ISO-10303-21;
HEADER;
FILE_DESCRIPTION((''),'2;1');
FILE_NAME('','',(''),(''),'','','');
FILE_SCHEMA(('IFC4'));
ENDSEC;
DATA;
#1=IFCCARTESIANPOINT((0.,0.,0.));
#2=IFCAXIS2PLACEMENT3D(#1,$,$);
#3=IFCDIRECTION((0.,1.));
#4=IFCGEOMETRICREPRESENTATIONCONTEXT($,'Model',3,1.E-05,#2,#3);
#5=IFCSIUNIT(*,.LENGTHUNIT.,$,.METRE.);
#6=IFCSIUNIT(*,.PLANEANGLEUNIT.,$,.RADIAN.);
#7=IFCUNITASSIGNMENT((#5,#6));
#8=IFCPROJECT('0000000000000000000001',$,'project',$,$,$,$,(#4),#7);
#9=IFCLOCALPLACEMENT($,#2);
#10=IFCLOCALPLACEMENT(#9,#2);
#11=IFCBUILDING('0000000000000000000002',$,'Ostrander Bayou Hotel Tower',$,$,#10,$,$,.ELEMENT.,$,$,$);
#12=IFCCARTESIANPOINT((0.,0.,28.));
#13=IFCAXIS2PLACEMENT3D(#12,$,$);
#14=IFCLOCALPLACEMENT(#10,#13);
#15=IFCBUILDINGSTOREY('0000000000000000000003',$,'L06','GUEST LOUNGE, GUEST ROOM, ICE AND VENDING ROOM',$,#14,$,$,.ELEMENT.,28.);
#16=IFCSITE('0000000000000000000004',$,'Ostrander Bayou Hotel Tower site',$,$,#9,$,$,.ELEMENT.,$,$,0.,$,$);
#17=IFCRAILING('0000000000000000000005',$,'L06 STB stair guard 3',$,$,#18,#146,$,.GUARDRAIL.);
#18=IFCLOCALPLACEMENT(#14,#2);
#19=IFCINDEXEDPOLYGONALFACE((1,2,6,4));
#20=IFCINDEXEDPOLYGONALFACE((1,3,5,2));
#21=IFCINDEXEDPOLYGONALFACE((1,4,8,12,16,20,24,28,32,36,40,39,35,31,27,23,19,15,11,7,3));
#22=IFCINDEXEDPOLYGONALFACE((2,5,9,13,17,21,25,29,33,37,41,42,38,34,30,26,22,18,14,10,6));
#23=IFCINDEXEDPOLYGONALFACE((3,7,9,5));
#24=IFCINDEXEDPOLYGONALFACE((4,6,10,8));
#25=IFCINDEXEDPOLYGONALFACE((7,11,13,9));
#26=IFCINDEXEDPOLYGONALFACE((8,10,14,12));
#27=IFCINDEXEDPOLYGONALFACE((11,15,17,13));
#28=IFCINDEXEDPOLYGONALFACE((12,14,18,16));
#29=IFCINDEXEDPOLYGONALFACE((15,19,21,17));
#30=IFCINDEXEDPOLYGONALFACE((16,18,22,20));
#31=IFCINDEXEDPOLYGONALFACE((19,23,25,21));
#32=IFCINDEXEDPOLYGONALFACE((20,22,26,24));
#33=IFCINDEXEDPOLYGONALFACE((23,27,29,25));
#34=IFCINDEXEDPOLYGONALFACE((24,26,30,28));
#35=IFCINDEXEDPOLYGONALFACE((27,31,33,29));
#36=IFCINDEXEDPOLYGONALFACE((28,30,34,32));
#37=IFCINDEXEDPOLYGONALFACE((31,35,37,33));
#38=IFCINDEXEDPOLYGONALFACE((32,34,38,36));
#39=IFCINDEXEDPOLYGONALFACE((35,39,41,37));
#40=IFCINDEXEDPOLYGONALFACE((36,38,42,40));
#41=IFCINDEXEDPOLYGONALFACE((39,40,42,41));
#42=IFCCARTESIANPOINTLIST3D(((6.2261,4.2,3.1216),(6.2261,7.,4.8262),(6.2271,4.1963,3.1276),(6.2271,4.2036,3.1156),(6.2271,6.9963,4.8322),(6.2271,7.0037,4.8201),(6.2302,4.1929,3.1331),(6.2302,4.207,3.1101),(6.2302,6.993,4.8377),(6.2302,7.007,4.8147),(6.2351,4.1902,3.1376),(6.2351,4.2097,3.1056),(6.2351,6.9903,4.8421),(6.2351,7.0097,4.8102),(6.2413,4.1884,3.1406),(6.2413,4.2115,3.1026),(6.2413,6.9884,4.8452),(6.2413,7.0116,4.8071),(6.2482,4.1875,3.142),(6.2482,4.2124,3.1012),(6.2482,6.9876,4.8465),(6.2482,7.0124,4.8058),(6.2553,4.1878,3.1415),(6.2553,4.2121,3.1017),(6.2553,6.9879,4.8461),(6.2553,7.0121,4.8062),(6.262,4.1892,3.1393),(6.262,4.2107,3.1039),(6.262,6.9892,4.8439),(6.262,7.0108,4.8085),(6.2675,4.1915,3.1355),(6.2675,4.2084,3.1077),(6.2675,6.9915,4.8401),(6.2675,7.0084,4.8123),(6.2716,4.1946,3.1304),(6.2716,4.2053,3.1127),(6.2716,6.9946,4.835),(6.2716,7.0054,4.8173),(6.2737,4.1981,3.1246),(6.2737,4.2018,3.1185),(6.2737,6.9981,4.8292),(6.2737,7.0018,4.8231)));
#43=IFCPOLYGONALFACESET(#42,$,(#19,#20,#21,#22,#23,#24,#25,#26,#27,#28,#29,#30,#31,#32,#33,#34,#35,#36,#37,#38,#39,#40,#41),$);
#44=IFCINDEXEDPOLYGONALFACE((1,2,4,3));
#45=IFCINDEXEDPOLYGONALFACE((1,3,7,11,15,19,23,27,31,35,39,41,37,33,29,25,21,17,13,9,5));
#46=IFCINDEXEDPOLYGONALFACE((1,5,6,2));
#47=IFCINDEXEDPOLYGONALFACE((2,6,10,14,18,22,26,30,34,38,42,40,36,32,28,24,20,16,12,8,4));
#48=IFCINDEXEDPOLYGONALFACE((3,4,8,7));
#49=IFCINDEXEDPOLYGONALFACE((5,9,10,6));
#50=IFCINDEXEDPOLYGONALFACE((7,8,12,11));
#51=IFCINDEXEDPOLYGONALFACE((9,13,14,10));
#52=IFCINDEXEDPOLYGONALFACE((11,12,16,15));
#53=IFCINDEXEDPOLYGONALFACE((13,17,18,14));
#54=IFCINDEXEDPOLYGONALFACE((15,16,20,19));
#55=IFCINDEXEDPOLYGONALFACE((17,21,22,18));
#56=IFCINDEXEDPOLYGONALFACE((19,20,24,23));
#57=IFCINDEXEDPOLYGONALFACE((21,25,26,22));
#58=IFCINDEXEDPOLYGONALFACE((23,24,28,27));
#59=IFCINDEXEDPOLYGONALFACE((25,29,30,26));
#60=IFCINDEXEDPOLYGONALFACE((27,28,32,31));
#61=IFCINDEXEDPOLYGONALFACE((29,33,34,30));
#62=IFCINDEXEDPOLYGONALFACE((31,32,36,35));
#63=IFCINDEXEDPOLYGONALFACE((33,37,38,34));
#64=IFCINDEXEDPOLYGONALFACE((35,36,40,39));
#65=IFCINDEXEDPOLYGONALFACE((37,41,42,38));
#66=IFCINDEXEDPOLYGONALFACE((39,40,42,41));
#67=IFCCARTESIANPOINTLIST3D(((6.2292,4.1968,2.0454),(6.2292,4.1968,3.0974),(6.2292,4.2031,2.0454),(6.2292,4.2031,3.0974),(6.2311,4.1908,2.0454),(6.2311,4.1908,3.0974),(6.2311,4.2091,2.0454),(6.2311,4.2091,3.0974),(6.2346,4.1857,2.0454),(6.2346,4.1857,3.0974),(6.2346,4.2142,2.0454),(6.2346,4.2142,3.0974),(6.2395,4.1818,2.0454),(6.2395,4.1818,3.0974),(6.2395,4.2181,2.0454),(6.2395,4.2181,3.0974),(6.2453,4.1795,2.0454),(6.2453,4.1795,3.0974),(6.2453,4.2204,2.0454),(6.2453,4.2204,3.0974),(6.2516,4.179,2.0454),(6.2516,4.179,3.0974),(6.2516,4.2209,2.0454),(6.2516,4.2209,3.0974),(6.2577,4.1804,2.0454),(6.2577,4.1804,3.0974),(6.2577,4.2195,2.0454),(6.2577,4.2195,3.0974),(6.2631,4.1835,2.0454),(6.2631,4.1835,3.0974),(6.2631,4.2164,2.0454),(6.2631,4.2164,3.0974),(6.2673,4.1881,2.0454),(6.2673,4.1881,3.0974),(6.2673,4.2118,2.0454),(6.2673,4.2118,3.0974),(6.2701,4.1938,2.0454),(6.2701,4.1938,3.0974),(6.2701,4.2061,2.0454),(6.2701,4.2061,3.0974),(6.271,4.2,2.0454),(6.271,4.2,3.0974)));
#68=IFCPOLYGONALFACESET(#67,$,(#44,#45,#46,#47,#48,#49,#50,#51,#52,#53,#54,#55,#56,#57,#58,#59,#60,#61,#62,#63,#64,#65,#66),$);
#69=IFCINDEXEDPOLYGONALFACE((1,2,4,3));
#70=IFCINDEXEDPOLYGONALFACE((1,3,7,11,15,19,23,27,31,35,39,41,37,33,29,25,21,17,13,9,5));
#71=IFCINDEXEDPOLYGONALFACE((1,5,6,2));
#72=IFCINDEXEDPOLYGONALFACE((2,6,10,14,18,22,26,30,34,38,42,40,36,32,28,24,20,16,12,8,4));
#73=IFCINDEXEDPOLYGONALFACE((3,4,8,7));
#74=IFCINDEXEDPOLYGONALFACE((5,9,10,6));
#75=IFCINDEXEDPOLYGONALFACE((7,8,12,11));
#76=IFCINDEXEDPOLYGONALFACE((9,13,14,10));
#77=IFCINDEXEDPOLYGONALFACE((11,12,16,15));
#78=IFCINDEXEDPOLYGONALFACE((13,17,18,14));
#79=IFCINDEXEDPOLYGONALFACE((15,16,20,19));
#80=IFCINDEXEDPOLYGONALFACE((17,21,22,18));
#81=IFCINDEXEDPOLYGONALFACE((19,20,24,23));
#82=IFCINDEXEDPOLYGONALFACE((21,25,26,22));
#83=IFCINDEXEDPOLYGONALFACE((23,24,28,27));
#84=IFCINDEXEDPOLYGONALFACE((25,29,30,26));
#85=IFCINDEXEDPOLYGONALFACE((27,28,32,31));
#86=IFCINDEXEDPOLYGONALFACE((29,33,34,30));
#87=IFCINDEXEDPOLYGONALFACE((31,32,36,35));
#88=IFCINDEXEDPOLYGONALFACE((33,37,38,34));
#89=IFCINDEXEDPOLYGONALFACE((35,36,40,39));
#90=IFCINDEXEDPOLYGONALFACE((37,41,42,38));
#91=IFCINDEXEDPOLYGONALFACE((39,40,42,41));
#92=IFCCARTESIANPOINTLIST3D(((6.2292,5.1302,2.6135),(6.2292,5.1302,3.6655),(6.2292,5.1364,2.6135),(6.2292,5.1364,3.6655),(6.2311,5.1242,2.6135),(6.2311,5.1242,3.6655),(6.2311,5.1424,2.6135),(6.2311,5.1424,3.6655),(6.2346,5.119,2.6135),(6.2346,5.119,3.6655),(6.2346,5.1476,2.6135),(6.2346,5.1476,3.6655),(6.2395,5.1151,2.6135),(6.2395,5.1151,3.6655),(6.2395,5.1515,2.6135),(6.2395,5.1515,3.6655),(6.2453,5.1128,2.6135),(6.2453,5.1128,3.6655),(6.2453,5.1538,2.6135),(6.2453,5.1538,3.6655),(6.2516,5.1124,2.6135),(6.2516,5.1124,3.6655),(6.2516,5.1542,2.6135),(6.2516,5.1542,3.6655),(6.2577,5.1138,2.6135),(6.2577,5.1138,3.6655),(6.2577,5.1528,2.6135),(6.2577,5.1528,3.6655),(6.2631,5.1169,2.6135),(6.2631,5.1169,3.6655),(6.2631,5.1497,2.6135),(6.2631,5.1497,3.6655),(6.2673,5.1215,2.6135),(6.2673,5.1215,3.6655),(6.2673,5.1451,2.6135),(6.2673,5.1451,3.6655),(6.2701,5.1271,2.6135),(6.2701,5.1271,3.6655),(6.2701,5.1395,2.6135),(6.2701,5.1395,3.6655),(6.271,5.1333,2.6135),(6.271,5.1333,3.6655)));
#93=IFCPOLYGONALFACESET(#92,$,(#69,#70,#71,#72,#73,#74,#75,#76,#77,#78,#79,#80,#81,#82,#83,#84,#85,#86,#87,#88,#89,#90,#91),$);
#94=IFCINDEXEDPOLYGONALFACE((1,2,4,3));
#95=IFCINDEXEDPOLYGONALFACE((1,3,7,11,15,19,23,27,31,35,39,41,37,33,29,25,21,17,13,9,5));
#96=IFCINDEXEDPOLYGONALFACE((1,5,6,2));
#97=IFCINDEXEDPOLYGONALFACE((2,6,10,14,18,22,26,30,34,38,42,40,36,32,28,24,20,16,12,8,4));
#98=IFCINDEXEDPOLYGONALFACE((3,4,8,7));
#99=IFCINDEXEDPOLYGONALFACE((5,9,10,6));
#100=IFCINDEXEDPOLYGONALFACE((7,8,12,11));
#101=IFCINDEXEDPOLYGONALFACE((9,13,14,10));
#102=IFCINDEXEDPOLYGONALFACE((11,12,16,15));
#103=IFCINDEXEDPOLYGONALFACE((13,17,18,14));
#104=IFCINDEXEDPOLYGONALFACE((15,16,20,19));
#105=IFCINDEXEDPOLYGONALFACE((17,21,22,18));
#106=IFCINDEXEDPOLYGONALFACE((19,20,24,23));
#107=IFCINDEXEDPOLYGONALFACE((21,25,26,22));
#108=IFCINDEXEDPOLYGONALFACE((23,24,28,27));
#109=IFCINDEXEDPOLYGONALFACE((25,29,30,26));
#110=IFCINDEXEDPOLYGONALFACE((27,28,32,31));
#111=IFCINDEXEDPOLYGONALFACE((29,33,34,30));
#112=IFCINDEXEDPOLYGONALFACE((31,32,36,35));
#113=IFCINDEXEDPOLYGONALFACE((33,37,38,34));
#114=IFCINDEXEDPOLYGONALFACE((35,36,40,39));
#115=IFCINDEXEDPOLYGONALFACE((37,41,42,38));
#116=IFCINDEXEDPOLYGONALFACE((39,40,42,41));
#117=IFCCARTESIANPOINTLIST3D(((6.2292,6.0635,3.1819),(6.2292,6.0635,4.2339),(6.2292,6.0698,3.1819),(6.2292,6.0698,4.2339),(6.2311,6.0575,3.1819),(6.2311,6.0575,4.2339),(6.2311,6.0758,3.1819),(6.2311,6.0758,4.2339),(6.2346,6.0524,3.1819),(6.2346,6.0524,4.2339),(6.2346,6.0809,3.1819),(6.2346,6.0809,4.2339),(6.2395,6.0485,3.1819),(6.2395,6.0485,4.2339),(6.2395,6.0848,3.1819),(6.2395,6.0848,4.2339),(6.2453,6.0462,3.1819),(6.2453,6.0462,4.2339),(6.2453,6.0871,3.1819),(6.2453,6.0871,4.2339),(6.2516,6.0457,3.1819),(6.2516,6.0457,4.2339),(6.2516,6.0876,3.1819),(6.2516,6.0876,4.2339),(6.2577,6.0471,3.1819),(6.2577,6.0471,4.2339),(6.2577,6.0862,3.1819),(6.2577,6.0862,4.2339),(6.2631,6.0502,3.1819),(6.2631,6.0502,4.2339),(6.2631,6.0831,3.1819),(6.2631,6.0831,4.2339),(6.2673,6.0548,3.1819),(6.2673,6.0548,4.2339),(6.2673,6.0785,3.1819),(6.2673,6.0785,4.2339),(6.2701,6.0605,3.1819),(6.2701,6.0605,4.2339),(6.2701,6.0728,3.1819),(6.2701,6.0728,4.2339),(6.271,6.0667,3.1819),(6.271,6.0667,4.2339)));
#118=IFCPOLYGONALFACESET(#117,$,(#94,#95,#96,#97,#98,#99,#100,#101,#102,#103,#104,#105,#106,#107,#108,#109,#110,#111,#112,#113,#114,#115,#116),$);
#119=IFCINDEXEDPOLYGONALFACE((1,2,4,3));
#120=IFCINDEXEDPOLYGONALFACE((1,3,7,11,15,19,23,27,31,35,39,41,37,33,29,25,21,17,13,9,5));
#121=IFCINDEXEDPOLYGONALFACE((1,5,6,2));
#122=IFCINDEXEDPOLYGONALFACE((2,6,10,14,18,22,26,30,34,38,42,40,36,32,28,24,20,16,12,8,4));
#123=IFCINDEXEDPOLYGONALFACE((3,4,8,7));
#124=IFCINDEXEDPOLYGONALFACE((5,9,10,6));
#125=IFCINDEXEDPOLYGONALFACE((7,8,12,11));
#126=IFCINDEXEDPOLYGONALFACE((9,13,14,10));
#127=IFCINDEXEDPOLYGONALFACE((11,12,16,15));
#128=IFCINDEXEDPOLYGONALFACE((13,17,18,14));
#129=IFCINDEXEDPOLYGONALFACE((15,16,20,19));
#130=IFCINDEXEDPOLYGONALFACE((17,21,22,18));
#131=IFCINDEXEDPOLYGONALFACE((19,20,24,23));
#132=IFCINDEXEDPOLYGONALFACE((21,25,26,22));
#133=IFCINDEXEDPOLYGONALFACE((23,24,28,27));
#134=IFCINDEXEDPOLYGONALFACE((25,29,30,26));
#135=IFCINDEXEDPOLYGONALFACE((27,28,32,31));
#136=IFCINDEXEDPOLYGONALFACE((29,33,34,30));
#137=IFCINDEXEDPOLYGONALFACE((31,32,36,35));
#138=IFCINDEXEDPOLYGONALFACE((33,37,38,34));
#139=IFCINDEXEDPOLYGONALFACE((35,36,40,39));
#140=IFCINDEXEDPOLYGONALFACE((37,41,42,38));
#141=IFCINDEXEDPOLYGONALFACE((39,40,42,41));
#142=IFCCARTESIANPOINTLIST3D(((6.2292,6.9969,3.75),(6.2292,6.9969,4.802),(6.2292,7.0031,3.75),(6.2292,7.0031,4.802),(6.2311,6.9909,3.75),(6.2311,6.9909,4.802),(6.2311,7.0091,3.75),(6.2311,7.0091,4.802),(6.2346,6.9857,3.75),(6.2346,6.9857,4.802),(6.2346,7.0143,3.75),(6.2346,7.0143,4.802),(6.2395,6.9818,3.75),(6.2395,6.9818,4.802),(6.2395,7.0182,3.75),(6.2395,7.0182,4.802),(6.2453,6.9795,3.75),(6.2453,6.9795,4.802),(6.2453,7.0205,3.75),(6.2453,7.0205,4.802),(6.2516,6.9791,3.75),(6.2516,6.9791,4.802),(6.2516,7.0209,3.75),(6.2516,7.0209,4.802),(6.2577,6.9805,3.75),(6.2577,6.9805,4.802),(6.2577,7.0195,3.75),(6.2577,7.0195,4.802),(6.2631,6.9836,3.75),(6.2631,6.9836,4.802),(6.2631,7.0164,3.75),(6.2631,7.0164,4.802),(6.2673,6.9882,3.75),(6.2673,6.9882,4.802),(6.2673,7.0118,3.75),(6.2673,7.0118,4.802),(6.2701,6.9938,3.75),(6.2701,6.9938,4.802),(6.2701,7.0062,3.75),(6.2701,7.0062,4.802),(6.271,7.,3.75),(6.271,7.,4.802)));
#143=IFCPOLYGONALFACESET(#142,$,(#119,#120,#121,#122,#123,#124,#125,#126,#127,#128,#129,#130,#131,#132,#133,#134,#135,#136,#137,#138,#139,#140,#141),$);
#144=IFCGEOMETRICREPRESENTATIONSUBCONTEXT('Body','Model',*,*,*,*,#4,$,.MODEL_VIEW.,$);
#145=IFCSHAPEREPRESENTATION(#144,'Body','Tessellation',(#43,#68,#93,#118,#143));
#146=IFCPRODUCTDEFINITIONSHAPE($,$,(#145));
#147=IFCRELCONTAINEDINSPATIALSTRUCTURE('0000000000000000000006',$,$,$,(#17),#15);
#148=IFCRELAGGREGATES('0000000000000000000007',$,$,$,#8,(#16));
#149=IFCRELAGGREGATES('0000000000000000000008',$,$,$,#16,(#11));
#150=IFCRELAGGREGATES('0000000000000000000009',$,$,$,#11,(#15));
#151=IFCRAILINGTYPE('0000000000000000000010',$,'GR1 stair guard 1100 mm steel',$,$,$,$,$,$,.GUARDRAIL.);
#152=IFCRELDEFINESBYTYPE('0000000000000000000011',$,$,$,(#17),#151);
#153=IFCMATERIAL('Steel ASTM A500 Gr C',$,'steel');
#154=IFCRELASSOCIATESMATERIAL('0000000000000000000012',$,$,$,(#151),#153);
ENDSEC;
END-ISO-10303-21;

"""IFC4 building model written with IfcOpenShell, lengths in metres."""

from ifc_helpers import new_model, si_unit, direction, frame, origin, origin_2d, place, context, subcontext, project, spatial, circle, extrude, material, type_object, element, save


model = new_model("IFC4")

# Units and contexts
model_context = context("Model", 3, precision=1e-05, world=origin(), true_north=direction((0.0, 1.0)))
body_context = subcontext(model_context, "Body", "Model", "MODEL_VIEW")
ifc_project = project(units=[si_unit("LENGTHUNIT", "METRE"), si_unit("PLANEANGLEUNIT", "RADIAN")], contexts=[model_context])

# Site, building, storey
site_placement = place(None, origin())
site = spatial("IfcSite", under=ifc_project, at=site_placement, Name="Ostrander Bayou Hotel Tower site", CompositionType="ELEMENT", RefElevation=0.0)
building_placement = place(site_placement, origin())
building = spatial("IfcBuilding", under=site, at=building_placement, Name="Ostrander Bayou Hotel Tower", CompositionType="ELEMENT")
storey_placement = place(building_placement, frame((0.0, 0.0, 28.0)))
storey = spatial("IfcBuildingStorey", under=building, at=storey_placement, Name="L06", Description="GUEST LOUNGE, GUEST ROOM, ICE AND VENDING ROOM", CompositionType="ELEMENT", Elevation=28.0)

# Railing
ifc_material_1 = material(Name="Steel ASTM A500 Gr C", Category="steel")
railing_type_1 = type_object("IfcRailingType", Name="GR1 stair guard 1100 mm steel", PredefinedType="GUARDRAIL", material=ifc_material_1)
railing_1_placement = place(storey_placement, frame((6.25, 4.2, 2.0454)))
element("IfcRailing", 1, at=railing_1_placement, inside=storey, type_object=railing_type_1, Name="L06 STB stair guard 3", PredefinedType="GUARDRAIL", context=body_context, shape_type="SweptSolid", body=[
    extrude(circle(Radius=0.0239, at=origin_2d()), frame((0.0, 0.0, 1.0762), z_axis=(0.0, 0.85417, 0.519994), x_axis=(-1.0, 0.0, 0.0)), (0.0, 0.0, 1.0), 3.2781),
    extrude(circle(Radius=0.021, at=origin_2d()), origin(), (0.0, 0.0, 1.0), 1.052),
    extrude(circle(Radius=0.021, at=origin_2d()), frame((0.0, 0.9333, 0.5681)), (0.0, 0.0, 1.0), 1.052),
    extrude(circle(Radius=0.021, at=origin_2d()), frame((0.0, 1.8667, 1.1365)), (0.0, 0.0, 1.0), 1.052),
    extrude(circle(Radius=0.021, at=origin_2d()), frame((0.0, 2.8, 1.7046)), (0.0, 0.0, 1.0), 1.052),
])

save(model, "model.ifc")
